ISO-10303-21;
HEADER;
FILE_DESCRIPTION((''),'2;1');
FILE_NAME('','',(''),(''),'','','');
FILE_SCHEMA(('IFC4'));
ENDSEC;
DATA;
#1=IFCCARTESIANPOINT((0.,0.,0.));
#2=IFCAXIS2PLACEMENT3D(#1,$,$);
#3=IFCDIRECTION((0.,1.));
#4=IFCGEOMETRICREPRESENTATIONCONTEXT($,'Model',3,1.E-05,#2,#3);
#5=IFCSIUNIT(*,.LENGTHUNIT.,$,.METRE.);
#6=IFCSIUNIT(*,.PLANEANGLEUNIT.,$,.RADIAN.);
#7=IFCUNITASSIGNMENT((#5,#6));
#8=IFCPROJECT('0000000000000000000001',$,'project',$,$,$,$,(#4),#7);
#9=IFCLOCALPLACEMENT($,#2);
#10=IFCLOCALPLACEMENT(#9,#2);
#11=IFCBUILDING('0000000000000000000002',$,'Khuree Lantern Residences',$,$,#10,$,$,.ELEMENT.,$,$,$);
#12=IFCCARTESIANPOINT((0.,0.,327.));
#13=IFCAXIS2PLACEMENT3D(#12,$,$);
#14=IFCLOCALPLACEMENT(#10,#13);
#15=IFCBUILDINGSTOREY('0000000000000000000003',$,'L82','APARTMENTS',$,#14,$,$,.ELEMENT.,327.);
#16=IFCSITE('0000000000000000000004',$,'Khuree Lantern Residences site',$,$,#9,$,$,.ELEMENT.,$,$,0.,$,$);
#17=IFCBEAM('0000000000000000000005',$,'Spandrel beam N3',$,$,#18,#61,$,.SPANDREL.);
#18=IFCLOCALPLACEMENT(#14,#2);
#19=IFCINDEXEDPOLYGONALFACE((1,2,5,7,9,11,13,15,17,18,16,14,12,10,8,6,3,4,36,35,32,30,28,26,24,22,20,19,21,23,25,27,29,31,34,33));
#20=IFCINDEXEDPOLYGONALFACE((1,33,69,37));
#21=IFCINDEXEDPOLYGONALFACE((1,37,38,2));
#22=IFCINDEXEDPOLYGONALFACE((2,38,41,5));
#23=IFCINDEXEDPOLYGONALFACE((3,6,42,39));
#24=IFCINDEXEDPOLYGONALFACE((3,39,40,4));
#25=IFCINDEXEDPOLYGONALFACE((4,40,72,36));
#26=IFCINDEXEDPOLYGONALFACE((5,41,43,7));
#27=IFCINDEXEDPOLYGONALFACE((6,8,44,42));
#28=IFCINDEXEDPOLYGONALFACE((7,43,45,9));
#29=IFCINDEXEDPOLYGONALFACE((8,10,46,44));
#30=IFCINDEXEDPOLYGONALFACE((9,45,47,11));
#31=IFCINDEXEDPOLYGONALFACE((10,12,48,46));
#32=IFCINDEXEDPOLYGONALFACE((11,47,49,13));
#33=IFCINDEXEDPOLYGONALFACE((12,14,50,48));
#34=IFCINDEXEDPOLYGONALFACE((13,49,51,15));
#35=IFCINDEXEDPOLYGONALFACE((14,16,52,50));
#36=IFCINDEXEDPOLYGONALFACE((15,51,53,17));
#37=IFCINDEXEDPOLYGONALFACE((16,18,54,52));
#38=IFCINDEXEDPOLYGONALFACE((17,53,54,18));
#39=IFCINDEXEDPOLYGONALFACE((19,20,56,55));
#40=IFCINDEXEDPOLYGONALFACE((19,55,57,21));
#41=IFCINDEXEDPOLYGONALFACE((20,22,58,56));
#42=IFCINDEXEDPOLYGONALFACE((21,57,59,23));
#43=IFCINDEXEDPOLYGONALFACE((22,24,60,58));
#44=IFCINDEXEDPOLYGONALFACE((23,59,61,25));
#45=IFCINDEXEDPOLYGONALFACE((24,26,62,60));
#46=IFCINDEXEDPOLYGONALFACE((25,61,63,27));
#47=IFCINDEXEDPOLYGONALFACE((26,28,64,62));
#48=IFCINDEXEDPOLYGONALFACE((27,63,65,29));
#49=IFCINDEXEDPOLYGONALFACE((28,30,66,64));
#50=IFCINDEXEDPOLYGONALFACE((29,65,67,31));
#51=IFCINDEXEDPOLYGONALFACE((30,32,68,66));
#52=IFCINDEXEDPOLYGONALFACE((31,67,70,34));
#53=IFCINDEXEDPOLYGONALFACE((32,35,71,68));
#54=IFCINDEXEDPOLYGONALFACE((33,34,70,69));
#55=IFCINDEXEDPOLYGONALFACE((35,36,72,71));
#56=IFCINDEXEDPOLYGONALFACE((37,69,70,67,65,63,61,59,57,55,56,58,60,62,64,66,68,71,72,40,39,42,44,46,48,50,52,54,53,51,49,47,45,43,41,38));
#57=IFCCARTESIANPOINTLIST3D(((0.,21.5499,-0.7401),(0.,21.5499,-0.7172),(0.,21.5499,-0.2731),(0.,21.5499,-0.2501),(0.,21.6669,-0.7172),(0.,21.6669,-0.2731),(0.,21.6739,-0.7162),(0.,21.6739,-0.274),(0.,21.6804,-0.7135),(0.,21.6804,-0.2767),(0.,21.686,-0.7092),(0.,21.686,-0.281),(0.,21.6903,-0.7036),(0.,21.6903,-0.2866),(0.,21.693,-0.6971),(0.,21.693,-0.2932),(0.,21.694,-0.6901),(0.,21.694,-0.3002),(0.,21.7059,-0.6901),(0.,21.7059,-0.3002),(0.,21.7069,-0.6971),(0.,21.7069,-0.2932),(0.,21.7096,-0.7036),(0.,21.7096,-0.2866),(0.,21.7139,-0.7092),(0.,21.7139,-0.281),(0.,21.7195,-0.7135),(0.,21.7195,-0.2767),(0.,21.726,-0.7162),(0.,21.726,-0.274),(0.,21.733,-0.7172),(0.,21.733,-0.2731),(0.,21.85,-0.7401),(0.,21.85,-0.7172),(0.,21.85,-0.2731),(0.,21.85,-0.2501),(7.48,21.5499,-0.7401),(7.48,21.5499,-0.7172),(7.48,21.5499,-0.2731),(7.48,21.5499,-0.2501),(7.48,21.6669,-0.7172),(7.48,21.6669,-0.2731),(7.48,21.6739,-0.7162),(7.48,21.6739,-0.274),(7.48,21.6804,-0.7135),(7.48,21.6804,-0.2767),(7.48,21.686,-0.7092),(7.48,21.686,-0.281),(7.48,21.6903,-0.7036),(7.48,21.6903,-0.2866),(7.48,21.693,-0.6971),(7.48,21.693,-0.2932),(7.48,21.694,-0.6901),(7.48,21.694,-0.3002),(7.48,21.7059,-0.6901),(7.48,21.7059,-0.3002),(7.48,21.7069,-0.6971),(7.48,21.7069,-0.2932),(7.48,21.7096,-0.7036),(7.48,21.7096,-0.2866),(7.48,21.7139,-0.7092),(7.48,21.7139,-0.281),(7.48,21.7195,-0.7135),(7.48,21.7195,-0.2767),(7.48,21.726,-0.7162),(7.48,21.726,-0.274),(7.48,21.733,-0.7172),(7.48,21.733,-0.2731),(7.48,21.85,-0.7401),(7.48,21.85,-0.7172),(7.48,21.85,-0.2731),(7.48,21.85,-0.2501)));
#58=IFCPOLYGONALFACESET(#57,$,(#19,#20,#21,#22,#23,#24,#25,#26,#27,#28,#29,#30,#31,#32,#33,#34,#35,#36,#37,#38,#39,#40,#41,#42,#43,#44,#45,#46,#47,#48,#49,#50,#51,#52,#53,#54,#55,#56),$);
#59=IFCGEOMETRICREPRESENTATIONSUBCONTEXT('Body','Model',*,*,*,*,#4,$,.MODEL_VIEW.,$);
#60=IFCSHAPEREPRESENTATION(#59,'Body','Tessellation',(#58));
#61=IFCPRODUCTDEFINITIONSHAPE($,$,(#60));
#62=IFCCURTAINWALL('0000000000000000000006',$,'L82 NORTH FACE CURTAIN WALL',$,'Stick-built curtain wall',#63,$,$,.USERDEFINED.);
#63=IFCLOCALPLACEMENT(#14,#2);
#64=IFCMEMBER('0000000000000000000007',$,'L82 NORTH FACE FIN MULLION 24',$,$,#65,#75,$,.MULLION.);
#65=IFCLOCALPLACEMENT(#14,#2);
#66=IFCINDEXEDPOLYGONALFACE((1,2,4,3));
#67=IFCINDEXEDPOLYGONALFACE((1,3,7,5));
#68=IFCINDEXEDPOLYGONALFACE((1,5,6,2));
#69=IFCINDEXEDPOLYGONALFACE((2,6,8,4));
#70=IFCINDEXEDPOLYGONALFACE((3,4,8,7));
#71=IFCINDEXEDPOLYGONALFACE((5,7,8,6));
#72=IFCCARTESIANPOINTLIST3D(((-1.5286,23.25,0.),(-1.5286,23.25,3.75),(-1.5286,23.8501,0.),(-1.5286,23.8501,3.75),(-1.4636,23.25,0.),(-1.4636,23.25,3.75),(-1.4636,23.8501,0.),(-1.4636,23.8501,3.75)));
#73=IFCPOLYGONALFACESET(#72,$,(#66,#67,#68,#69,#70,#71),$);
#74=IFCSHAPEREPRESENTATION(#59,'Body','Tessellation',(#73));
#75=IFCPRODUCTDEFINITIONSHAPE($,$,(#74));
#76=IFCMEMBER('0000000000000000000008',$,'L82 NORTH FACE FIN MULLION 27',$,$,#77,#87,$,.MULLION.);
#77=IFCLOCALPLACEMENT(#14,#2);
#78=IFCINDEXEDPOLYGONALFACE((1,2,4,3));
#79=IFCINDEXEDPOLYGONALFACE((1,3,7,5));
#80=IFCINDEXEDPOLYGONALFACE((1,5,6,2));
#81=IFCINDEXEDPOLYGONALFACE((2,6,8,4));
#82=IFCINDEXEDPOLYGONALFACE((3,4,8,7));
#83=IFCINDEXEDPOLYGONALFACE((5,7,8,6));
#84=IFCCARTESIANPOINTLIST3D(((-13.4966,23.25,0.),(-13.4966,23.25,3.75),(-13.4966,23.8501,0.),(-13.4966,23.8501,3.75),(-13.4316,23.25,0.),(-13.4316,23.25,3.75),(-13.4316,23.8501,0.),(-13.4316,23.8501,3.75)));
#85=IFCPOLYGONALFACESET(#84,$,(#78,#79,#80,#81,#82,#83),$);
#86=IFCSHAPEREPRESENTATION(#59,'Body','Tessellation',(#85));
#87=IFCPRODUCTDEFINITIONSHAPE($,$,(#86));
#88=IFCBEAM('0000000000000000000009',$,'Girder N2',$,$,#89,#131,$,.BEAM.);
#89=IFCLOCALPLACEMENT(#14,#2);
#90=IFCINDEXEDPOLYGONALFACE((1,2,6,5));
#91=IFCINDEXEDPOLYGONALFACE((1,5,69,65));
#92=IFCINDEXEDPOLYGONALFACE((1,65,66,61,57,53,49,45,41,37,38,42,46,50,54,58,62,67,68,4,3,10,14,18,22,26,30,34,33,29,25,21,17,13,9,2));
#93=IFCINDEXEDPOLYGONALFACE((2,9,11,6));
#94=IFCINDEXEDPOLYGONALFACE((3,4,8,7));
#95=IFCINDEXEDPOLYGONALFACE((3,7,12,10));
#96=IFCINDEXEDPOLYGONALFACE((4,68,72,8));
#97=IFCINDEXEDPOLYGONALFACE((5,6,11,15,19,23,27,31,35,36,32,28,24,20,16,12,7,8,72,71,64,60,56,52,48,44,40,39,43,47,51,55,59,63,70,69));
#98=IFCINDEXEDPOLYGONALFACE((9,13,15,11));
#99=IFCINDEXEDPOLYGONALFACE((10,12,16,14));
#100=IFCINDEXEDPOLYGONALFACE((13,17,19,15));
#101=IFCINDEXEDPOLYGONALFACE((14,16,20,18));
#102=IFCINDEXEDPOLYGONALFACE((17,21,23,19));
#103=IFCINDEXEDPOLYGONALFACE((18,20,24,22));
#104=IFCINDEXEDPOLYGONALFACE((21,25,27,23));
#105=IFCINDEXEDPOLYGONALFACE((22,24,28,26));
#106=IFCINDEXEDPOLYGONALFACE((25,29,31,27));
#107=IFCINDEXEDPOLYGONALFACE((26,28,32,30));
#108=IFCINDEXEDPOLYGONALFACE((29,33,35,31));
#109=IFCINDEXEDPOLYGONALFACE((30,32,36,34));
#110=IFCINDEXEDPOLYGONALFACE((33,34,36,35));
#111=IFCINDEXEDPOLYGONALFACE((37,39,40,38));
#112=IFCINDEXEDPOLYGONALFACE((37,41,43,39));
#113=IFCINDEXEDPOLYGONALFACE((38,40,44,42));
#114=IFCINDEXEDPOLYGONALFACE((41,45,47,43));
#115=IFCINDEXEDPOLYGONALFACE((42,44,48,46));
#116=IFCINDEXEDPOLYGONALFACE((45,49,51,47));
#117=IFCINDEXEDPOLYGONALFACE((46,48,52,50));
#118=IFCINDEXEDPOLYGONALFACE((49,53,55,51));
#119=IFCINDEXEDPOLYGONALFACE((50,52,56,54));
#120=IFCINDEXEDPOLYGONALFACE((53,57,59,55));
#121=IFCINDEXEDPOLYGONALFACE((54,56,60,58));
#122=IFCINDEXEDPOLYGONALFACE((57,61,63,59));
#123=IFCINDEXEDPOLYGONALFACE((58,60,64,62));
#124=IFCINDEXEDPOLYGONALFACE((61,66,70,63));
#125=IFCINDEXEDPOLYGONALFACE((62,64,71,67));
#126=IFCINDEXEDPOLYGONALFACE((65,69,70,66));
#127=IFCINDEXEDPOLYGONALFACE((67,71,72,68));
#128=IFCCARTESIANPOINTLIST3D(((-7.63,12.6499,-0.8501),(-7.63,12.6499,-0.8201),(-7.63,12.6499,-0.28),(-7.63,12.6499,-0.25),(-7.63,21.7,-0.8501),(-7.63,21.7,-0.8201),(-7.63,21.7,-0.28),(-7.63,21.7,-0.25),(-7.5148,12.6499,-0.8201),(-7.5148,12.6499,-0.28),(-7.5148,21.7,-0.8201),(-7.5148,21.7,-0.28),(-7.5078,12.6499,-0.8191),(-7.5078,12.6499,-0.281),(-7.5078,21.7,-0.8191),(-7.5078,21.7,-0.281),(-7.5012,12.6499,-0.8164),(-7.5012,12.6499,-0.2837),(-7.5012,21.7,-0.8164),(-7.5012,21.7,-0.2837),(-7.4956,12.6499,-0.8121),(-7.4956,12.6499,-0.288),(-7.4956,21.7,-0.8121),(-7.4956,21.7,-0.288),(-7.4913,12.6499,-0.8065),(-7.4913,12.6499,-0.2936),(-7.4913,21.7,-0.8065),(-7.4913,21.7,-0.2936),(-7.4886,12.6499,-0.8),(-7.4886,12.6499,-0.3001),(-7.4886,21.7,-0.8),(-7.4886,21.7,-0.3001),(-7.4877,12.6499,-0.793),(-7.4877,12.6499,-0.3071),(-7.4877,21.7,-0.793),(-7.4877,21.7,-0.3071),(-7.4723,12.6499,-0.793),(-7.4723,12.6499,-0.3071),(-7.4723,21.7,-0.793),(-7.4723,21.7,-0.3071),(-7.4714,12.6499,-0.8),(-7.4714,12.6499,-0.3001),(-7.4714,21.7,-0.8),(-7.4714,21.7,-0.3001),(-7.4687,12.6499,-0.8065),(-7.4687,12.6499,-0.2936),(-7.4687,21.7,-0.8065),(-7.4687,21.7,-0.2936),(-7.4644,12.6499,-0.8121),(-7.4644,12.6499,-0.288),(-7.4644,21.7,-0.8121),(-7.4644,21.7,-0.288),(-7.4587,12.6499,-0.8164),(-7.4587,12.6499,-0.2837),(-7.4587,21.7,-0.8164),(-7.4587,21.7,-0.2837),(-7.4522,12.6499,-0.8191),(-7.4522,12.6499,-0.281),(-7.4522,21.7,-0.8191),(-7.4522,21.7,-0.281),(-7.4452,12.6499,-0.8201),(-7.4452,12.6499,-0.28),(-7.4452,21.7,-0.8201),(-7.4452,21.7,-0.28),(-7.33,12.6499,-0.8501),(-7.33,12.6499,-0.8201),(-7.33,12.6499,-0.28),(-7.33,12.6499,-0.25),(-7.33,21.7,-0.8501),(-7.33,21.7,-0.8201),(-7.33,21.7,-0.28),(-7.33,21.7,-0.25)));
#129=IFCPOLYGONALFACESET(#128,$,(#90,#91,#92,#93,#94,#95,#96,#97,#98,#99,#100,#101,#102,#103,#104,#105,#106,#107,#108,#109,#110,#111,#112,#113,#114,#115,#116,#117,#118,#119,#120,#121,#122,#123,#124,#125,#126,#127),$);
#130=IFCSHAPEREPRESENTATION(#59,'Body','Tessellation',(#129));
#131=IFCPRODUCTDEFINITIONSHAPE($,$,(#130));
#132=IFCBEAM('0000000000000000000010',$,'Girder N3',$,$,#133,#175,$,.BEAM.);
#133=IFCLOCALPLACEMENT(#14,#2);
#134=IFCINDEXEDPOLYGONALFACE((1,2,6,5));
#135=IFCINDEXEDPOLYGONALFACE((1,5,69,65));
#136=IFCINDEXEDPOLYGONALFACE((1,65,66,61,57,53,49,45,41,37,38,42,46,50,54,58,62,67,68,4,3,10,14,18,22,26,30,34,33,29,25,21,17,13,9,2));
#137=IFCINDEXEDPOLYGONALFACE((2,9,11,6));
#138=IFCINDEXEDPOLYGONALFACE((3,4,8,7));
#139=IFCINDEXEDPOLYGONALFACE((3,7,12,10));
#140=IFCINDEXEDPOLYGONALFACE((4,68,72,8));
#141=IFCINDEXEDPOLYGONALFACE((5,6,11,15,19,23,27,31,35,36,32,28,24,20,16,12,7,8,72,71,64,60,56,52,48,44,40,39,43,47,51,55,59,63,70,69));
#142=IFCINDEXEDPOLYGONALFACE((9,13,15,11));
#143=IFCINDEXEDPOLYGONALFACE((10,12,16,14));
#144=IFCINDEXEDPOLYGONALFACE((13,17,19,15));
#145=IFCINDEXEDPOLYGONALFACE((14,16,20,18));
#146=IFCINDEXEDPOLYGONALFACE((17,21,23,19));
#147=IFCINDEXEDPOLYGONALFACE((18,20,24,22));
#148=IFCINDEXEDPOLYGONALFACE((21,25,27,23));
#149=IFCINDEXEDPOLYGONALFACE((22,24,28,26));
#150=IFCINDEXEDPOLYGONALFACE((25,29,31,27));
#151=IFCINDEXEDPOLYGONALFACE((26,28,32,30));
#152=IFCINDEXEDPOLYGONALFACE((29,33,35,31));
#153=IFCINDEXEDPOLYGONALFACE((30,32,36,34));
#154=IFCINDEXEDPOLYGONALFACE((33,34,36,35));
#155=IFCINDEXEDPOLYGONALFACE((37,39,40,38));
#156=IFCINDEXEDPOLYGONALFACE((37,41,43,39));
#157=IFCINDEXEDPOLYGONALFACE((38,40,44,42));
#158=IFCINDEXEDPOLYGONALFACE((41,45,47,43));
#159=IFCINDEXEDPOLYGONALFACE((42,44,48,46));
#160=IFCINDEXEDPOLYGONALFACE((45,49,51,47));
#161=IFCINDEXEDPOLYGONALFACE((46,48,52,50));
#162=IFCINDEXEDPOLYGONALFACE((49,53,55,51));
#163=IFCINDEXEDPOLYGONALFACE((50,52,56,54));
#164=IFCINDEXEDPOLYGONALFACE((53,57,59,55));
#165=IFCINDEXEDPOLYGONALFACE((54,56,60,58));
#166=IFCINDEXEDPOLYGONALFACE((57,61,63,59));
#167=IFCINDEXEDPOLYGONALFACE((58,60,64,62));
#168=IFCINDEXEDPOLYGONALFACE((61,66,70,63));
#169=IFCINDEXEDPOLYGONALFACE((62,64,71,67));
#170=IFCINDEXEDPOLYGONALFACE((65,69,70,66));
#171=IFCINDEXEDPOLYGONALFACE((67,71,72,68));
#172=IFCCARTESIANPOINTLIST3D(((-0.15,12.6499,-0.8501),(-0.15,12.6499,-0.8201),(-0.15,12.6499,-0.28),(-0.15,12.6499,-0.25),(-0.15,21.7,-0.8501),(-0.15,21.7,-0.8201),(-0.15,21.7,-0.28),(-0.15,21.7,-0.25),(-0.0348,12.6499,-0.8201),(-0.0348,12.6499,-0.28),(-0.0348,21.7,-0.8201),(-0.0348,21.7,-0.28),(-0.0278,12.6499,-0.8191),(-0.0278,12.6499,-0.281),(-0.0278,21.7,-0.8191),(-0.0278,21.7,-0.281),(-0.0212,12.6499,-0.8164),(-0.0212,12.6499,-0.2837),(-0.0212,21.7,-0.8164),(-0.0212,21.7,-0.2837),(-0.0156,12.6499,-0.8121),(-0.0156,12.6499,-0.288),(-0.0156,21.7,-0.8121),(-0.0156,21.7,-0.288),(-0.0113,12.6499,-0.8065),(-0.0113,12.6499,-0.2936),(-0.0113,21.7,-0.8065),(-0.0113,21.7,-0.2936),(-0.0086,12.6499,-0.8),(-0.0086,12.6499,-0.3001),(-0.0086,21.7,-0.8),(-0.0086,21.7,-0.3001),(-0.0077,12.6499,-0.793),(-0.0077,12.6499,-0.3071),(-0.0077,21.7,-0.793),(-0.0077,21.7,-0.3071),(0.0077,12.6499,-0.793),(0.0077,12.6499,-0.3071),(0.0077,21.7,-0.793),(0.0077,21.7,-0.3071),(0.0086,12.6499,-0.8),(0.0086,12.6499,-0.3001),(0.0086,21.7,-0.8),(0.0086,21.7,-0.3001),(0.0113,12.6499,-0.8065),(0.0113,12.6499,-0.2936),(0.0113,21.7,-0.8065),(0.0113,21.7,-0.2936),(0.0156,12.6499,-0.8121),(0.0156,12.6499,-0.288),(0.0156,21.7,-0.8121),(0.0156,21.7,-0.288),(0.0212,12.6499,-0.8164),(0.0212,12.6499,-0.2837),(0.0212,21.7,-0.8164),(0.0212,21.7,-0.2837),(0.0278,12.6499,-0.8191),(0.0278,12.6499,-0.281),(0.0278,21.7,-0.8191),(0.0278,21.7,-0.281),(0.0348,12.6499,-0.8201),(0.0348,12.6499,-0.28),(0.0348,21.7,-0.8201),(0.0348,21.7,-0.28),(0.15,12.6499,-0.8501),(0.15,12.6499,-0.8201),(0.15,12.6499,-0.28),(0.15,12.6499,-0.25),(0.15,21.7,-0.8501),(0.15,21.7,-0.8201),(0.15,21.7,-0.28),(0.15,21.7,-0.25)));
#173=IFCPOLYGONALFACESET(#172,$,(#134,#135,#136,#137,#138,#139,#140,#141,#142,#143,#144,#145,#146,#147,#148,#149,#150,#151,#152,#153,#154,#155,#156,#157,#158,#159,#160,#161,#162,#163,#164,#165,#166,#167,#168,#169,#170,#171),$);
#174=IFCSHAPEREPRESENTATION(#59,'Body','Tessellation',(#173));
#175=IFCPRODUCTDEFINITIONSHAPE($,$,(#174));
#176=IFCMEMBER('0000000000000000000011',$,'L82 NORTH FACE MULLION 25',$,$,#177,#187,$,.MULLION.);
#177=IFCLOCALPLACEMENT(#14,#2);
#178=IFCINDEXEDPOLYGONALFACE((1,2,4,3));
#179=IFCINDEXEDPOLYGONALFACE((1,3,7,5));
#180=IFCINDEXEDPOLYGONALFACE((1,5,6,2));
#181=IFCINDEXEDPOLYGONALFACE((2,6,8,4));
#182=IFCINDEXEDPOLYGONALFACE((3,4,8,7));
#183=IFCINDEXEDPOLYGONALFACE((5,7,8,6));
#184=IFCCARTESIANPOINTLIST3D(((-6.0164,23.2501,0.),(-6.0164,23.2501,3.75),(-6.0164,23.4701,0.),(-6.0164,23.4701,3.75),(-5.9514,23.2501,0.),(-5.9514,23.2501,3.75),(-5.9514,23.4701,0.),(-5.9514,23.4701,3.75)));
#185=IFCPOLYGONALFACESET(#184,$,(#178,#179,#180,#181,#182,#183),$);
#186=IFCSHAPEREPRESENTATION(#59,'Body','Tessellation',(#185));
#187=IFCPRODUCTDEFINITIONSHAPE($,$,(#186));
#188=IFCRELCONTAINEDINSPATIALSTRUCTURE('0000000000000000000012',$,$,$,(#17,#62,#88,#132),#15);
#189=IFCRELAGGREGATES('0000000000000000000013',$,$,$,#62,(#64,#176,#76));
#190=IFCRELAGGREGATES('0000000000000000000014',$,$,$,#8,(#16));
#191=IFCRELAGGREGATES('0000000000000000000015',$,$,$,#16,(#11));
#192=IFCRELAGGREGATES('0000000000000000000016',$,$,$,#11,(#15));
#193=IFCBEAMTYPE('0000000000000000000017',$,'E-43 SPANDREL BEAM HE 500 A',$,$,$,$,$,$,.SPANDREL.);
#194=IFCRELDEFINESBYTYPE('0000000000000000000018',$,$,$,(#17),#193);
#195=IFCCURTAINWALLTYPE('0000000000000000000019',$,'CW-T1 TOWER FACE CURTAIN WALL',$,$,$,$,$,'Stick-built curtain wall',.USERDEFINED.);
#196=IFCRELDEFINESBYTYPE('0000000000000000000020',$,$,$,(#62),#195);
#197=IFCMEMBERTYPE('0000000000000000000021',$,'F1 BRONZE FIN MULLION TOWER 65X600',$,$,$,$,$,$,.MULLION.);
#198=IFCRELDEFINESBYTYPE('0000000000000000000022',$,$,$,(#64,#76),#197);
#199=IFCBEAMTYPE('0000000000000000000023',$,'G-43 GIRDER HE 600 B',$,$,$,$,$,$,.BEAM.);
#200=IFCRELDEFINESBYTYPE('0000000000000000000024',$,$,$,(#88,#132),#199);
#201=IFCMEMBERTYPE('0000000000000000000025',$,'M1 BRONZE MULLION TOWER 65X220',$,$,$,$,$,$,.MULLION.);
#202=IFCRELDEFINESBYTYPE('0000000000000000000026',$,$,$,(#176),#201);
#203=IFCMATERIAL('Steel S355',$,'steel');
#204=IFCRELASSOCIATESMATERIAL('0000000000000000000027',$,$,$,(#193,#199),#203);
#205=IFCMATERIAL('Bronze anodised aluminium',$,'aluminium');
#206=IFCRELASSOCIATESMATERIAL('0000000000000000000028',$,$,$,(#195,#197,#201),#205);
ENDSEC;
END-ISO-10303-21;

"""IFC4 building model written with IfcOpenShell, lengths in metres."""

from ifc_helpers import new_model, si_unit, direction, frame, origin, origin_2d, place, context, subcontext, project, spatial, rectangle, i_section, extrude, material, material_profile, profile_set, type_object, element, aggregate, save


model = new_model("IFC4")

# Units and contexts
model_context = context("Model", 3, precision=1e-05, world=origin(), true_north=direction((0.0, 1.0)))
body_context = subcontext(model_context, "Body", "Model", "MODEL_VIEW")
ifc_project = project(units=[si_unit("LENGTHUNIT", "METRE"), si_unit("PLANEANGLEUNIT", "RADIAN")], contexts=[model_context])

# Site, building, storey
site_placement = place(None, origin())
site = spatial("IfcSite", under=ifc_project, at=site_placement, Name="Khuree Lantern Residences site", CompositionType="ELEMENT", RefElevation=0.0)
building_placement = place(site_placement, origin())
building = spatial("IfcBuilding", under=site, at=building_placement, Name="Khuree Lantern Residences", CompositionType="ELEMENT")
storey_placement = place(building_placement, frame((0.0, 0.0, 327.0)))
storey = spatial("IfcBuildingStorey", under=building, at=storey_placement, Name="L82", Description="APARTMENTS", CompositionType="ELEMENT", Elevation=327.0)

# Beam
ifc_material_1 = material(Name="Steel S355", Category="steel")
ifc_material_profile_1 = material_profile(ifc_material_1, i_section(OverallWidth=0.3, OverallDepth=0.49, WebThickness=0.012, FlangeThickness=0.0229, FilletRadius=0.0271, at=origin_2d()), Name="HE 500 A")
ifc_profile_set_1 = profile_set([ifc_material_profile_1], Name="Steel S355")
beam_type_1 = type_object("IfcBeamType", Name="E-43 SPANDREL BEAM HE 500 A", PredefinedType="SPANDREL", material=ifc_profile_set_1)
for number, where, z_axis, x_axis, name in (
    (1, (0.0, 21.7, -0.4951), (1.0, 0.0, 0.0), (0.0, 1.0, 0.0), "Spandrel beam N3"),
):
    element("IfcBeam", number, at=place(storey_placement, frame(where, z_axis=z_axis, x_axis=x_axis)), inside=storey, type_object=beam_type_1, Name=name, PredefinedType="SPANDREL", context=body_context, shape_type="SweptSolid", body=[
        extrude(i_section(OverallWidth=0.3, OverallDepth=0.49, WebThickness=0.012, FlangeThickness=0.0229, FilletRadius=0.0271, at=origin_2d()), origin(), (0.0, 0.0, 1.0), 7.48),
    ])

# Curtain wall, members
ifc_material_2 = material(Name="Bronze anodised aluminium", Category="aluminium")
curtain_wall_type = type_object("IfcCurtainWallType", Name="CW-T1 TOWER FACE CURTAIN WALL", ElementType="Stick-built curtain wall", PredefinedType="USERDEFINED", material=ifc_material_2)
curtain_wall_placement = place(storey_placement, origin())
curtain_wall = element("IfcCurtainWall", 2, at=curtain_wall_placement, inside=storey, type_object=curtain_wall_type, Name="L82 NORTH FACE CURTAIN WALL", ObjectType="Stick-built curtain wall", PredefinedType="USERDEFINED")
ifc_material_profile_2 = material_profile(ifc_material_2, rectangle(XDim=0.0649, YDim=0.6001, at=origin_2d()), Name="F1 65X600")
ifc_profile_set_2 = profile_set([ifc_material_profile_2], Name="Bronze anodised aluminium")
member_type_1 = type_object("IfcMemberType", Name="F1 BRONZE FIN MULLION TOWER 65X600", PredefinedType="MULLION", material=ifc_profile_set_2)
member_1_placement = place(storey_placement, frame((-1.4961, 23.55, 0.0), z_axis=(0.0, 0.0, 1.0), x_axis=(-1.0, 0.0, 0.0)))
member_1 = element("IfcMember", 3, at=member_1_placement, type_object=member_type_1, Name="L82 NORTH FACE FIN MULLION 24", PredefinedType="MULLION", context=body_context, shape_type="SweptSolid", body=[
    extrude(rectangle(XDim=0.0649, YDim=0.6001, at=origin_2d()), origin(), (0.0, 0.0, 1.0), 3.75),
])
member_2_placement = place(storey_placement, frame((-13.4641, 23.55, 0.0), z_axis=(0.0, 0.0, 1.0), x_axis=(-1.0, 0.0, 0.0)))
member_2 = element("IfcMember", 4, at=member_2_placement, type_object=member_type_1, Name="L82 NORTH FACE FIN MULLION 27", PredefinedType="MULLION", context=body_context, shape_type="SweptSolid", body=[
    extrude(rectangle(XDim=0.0649, YDim=0.6001, at=origin_2d()), origin(), (0.0, 0.0, 1.0), 3.75),
])

# Beams
ifc_material_profile_3 = material_profile(ifc_material_1, i_section(OverallWidth=0.3, OverallDepth=0.6001, WebThickness=0.0154, FlangeThickness=0.03, FilletRadius=0.0271, at=origin_2d()), Name="HE 600 B")
ifc_profile_set_3 = profile_set([ifc_material_profile_3], Name="Steel S355")
beam_type_2 = type_object("IfcBeamType", Name="G-43 GIRDER HE 600 B", PredefinedType="BEAM", material=ifc_profile_set_3)
for number, where, z_axis, x_axis, name in (
    (5, (-7.48, 21.7, -0.55), (0.0, -1.0, 0.0), (1.0, 0.0, 0.0), "Girder N2"),
    (6, (0.0, 21.7, -0.55), (0.0, -1.0, 0.0), (1.0, 0.0, 0.0), "Girder N3"),
):
    element("IfcBeam", number, at=place(storey_placement, frame(where, z_axis=z_axis, x_axis=x_axis)), inside=storey, type_object=beam_type_2, Name=name, PredefinedType="BEAM", context=body_context, shape_type="SweptSolid", body=[
        extrude(i_section(OverallWidth=0.3, OverallDepth=0.6001, WebThickness=0.0154, FlangeThickness=0.03, FilletRadius=0.0271, at=origin_2d()), origin(), (0.0, 0.0, 1.0), 9.05),
    ])

# Member
ifc_material_profile_4 = material_profile(ifc_material_2, rectangle(XDim=0.0649, YDim=0.22, at=origin_2d()), Name="M1 65X220")
ifc_profile_set_4 = profile_set([ifc_material_profile_4], Name="Bronze anodised aluminium")
member_type_2 = type_object("IfcMemberType", Name="M1 BRONZE MULLION TOWER 65X220", PredefinedType="MULLION", material=ifc_profile_set_4)
member_3_placement = place(storey_placement, frame((-5.9839, 23.3601, 0.0), z_axis=(0.0, 0.0, 1.0), x_axis=(-1.0, 0.0, 0.0)))
member_3 = element("IfcMember", 7, at=member_3_placement, type_object=member_type_2, Name="L82 NORTH FACE MULLION 25", PredefinedType="MULLION", context=body_context, shape_type="SweptSolid", body=[
    extrude(rectangle(XDim=0.0649, YDim=0.22, at=origin_2d()), origin(), (0.0, 0.0, 1.0), 3.75),
])

aggregate(curtain_wall, [member_1, member_3, member_2])

save(model, "model.ifc")
